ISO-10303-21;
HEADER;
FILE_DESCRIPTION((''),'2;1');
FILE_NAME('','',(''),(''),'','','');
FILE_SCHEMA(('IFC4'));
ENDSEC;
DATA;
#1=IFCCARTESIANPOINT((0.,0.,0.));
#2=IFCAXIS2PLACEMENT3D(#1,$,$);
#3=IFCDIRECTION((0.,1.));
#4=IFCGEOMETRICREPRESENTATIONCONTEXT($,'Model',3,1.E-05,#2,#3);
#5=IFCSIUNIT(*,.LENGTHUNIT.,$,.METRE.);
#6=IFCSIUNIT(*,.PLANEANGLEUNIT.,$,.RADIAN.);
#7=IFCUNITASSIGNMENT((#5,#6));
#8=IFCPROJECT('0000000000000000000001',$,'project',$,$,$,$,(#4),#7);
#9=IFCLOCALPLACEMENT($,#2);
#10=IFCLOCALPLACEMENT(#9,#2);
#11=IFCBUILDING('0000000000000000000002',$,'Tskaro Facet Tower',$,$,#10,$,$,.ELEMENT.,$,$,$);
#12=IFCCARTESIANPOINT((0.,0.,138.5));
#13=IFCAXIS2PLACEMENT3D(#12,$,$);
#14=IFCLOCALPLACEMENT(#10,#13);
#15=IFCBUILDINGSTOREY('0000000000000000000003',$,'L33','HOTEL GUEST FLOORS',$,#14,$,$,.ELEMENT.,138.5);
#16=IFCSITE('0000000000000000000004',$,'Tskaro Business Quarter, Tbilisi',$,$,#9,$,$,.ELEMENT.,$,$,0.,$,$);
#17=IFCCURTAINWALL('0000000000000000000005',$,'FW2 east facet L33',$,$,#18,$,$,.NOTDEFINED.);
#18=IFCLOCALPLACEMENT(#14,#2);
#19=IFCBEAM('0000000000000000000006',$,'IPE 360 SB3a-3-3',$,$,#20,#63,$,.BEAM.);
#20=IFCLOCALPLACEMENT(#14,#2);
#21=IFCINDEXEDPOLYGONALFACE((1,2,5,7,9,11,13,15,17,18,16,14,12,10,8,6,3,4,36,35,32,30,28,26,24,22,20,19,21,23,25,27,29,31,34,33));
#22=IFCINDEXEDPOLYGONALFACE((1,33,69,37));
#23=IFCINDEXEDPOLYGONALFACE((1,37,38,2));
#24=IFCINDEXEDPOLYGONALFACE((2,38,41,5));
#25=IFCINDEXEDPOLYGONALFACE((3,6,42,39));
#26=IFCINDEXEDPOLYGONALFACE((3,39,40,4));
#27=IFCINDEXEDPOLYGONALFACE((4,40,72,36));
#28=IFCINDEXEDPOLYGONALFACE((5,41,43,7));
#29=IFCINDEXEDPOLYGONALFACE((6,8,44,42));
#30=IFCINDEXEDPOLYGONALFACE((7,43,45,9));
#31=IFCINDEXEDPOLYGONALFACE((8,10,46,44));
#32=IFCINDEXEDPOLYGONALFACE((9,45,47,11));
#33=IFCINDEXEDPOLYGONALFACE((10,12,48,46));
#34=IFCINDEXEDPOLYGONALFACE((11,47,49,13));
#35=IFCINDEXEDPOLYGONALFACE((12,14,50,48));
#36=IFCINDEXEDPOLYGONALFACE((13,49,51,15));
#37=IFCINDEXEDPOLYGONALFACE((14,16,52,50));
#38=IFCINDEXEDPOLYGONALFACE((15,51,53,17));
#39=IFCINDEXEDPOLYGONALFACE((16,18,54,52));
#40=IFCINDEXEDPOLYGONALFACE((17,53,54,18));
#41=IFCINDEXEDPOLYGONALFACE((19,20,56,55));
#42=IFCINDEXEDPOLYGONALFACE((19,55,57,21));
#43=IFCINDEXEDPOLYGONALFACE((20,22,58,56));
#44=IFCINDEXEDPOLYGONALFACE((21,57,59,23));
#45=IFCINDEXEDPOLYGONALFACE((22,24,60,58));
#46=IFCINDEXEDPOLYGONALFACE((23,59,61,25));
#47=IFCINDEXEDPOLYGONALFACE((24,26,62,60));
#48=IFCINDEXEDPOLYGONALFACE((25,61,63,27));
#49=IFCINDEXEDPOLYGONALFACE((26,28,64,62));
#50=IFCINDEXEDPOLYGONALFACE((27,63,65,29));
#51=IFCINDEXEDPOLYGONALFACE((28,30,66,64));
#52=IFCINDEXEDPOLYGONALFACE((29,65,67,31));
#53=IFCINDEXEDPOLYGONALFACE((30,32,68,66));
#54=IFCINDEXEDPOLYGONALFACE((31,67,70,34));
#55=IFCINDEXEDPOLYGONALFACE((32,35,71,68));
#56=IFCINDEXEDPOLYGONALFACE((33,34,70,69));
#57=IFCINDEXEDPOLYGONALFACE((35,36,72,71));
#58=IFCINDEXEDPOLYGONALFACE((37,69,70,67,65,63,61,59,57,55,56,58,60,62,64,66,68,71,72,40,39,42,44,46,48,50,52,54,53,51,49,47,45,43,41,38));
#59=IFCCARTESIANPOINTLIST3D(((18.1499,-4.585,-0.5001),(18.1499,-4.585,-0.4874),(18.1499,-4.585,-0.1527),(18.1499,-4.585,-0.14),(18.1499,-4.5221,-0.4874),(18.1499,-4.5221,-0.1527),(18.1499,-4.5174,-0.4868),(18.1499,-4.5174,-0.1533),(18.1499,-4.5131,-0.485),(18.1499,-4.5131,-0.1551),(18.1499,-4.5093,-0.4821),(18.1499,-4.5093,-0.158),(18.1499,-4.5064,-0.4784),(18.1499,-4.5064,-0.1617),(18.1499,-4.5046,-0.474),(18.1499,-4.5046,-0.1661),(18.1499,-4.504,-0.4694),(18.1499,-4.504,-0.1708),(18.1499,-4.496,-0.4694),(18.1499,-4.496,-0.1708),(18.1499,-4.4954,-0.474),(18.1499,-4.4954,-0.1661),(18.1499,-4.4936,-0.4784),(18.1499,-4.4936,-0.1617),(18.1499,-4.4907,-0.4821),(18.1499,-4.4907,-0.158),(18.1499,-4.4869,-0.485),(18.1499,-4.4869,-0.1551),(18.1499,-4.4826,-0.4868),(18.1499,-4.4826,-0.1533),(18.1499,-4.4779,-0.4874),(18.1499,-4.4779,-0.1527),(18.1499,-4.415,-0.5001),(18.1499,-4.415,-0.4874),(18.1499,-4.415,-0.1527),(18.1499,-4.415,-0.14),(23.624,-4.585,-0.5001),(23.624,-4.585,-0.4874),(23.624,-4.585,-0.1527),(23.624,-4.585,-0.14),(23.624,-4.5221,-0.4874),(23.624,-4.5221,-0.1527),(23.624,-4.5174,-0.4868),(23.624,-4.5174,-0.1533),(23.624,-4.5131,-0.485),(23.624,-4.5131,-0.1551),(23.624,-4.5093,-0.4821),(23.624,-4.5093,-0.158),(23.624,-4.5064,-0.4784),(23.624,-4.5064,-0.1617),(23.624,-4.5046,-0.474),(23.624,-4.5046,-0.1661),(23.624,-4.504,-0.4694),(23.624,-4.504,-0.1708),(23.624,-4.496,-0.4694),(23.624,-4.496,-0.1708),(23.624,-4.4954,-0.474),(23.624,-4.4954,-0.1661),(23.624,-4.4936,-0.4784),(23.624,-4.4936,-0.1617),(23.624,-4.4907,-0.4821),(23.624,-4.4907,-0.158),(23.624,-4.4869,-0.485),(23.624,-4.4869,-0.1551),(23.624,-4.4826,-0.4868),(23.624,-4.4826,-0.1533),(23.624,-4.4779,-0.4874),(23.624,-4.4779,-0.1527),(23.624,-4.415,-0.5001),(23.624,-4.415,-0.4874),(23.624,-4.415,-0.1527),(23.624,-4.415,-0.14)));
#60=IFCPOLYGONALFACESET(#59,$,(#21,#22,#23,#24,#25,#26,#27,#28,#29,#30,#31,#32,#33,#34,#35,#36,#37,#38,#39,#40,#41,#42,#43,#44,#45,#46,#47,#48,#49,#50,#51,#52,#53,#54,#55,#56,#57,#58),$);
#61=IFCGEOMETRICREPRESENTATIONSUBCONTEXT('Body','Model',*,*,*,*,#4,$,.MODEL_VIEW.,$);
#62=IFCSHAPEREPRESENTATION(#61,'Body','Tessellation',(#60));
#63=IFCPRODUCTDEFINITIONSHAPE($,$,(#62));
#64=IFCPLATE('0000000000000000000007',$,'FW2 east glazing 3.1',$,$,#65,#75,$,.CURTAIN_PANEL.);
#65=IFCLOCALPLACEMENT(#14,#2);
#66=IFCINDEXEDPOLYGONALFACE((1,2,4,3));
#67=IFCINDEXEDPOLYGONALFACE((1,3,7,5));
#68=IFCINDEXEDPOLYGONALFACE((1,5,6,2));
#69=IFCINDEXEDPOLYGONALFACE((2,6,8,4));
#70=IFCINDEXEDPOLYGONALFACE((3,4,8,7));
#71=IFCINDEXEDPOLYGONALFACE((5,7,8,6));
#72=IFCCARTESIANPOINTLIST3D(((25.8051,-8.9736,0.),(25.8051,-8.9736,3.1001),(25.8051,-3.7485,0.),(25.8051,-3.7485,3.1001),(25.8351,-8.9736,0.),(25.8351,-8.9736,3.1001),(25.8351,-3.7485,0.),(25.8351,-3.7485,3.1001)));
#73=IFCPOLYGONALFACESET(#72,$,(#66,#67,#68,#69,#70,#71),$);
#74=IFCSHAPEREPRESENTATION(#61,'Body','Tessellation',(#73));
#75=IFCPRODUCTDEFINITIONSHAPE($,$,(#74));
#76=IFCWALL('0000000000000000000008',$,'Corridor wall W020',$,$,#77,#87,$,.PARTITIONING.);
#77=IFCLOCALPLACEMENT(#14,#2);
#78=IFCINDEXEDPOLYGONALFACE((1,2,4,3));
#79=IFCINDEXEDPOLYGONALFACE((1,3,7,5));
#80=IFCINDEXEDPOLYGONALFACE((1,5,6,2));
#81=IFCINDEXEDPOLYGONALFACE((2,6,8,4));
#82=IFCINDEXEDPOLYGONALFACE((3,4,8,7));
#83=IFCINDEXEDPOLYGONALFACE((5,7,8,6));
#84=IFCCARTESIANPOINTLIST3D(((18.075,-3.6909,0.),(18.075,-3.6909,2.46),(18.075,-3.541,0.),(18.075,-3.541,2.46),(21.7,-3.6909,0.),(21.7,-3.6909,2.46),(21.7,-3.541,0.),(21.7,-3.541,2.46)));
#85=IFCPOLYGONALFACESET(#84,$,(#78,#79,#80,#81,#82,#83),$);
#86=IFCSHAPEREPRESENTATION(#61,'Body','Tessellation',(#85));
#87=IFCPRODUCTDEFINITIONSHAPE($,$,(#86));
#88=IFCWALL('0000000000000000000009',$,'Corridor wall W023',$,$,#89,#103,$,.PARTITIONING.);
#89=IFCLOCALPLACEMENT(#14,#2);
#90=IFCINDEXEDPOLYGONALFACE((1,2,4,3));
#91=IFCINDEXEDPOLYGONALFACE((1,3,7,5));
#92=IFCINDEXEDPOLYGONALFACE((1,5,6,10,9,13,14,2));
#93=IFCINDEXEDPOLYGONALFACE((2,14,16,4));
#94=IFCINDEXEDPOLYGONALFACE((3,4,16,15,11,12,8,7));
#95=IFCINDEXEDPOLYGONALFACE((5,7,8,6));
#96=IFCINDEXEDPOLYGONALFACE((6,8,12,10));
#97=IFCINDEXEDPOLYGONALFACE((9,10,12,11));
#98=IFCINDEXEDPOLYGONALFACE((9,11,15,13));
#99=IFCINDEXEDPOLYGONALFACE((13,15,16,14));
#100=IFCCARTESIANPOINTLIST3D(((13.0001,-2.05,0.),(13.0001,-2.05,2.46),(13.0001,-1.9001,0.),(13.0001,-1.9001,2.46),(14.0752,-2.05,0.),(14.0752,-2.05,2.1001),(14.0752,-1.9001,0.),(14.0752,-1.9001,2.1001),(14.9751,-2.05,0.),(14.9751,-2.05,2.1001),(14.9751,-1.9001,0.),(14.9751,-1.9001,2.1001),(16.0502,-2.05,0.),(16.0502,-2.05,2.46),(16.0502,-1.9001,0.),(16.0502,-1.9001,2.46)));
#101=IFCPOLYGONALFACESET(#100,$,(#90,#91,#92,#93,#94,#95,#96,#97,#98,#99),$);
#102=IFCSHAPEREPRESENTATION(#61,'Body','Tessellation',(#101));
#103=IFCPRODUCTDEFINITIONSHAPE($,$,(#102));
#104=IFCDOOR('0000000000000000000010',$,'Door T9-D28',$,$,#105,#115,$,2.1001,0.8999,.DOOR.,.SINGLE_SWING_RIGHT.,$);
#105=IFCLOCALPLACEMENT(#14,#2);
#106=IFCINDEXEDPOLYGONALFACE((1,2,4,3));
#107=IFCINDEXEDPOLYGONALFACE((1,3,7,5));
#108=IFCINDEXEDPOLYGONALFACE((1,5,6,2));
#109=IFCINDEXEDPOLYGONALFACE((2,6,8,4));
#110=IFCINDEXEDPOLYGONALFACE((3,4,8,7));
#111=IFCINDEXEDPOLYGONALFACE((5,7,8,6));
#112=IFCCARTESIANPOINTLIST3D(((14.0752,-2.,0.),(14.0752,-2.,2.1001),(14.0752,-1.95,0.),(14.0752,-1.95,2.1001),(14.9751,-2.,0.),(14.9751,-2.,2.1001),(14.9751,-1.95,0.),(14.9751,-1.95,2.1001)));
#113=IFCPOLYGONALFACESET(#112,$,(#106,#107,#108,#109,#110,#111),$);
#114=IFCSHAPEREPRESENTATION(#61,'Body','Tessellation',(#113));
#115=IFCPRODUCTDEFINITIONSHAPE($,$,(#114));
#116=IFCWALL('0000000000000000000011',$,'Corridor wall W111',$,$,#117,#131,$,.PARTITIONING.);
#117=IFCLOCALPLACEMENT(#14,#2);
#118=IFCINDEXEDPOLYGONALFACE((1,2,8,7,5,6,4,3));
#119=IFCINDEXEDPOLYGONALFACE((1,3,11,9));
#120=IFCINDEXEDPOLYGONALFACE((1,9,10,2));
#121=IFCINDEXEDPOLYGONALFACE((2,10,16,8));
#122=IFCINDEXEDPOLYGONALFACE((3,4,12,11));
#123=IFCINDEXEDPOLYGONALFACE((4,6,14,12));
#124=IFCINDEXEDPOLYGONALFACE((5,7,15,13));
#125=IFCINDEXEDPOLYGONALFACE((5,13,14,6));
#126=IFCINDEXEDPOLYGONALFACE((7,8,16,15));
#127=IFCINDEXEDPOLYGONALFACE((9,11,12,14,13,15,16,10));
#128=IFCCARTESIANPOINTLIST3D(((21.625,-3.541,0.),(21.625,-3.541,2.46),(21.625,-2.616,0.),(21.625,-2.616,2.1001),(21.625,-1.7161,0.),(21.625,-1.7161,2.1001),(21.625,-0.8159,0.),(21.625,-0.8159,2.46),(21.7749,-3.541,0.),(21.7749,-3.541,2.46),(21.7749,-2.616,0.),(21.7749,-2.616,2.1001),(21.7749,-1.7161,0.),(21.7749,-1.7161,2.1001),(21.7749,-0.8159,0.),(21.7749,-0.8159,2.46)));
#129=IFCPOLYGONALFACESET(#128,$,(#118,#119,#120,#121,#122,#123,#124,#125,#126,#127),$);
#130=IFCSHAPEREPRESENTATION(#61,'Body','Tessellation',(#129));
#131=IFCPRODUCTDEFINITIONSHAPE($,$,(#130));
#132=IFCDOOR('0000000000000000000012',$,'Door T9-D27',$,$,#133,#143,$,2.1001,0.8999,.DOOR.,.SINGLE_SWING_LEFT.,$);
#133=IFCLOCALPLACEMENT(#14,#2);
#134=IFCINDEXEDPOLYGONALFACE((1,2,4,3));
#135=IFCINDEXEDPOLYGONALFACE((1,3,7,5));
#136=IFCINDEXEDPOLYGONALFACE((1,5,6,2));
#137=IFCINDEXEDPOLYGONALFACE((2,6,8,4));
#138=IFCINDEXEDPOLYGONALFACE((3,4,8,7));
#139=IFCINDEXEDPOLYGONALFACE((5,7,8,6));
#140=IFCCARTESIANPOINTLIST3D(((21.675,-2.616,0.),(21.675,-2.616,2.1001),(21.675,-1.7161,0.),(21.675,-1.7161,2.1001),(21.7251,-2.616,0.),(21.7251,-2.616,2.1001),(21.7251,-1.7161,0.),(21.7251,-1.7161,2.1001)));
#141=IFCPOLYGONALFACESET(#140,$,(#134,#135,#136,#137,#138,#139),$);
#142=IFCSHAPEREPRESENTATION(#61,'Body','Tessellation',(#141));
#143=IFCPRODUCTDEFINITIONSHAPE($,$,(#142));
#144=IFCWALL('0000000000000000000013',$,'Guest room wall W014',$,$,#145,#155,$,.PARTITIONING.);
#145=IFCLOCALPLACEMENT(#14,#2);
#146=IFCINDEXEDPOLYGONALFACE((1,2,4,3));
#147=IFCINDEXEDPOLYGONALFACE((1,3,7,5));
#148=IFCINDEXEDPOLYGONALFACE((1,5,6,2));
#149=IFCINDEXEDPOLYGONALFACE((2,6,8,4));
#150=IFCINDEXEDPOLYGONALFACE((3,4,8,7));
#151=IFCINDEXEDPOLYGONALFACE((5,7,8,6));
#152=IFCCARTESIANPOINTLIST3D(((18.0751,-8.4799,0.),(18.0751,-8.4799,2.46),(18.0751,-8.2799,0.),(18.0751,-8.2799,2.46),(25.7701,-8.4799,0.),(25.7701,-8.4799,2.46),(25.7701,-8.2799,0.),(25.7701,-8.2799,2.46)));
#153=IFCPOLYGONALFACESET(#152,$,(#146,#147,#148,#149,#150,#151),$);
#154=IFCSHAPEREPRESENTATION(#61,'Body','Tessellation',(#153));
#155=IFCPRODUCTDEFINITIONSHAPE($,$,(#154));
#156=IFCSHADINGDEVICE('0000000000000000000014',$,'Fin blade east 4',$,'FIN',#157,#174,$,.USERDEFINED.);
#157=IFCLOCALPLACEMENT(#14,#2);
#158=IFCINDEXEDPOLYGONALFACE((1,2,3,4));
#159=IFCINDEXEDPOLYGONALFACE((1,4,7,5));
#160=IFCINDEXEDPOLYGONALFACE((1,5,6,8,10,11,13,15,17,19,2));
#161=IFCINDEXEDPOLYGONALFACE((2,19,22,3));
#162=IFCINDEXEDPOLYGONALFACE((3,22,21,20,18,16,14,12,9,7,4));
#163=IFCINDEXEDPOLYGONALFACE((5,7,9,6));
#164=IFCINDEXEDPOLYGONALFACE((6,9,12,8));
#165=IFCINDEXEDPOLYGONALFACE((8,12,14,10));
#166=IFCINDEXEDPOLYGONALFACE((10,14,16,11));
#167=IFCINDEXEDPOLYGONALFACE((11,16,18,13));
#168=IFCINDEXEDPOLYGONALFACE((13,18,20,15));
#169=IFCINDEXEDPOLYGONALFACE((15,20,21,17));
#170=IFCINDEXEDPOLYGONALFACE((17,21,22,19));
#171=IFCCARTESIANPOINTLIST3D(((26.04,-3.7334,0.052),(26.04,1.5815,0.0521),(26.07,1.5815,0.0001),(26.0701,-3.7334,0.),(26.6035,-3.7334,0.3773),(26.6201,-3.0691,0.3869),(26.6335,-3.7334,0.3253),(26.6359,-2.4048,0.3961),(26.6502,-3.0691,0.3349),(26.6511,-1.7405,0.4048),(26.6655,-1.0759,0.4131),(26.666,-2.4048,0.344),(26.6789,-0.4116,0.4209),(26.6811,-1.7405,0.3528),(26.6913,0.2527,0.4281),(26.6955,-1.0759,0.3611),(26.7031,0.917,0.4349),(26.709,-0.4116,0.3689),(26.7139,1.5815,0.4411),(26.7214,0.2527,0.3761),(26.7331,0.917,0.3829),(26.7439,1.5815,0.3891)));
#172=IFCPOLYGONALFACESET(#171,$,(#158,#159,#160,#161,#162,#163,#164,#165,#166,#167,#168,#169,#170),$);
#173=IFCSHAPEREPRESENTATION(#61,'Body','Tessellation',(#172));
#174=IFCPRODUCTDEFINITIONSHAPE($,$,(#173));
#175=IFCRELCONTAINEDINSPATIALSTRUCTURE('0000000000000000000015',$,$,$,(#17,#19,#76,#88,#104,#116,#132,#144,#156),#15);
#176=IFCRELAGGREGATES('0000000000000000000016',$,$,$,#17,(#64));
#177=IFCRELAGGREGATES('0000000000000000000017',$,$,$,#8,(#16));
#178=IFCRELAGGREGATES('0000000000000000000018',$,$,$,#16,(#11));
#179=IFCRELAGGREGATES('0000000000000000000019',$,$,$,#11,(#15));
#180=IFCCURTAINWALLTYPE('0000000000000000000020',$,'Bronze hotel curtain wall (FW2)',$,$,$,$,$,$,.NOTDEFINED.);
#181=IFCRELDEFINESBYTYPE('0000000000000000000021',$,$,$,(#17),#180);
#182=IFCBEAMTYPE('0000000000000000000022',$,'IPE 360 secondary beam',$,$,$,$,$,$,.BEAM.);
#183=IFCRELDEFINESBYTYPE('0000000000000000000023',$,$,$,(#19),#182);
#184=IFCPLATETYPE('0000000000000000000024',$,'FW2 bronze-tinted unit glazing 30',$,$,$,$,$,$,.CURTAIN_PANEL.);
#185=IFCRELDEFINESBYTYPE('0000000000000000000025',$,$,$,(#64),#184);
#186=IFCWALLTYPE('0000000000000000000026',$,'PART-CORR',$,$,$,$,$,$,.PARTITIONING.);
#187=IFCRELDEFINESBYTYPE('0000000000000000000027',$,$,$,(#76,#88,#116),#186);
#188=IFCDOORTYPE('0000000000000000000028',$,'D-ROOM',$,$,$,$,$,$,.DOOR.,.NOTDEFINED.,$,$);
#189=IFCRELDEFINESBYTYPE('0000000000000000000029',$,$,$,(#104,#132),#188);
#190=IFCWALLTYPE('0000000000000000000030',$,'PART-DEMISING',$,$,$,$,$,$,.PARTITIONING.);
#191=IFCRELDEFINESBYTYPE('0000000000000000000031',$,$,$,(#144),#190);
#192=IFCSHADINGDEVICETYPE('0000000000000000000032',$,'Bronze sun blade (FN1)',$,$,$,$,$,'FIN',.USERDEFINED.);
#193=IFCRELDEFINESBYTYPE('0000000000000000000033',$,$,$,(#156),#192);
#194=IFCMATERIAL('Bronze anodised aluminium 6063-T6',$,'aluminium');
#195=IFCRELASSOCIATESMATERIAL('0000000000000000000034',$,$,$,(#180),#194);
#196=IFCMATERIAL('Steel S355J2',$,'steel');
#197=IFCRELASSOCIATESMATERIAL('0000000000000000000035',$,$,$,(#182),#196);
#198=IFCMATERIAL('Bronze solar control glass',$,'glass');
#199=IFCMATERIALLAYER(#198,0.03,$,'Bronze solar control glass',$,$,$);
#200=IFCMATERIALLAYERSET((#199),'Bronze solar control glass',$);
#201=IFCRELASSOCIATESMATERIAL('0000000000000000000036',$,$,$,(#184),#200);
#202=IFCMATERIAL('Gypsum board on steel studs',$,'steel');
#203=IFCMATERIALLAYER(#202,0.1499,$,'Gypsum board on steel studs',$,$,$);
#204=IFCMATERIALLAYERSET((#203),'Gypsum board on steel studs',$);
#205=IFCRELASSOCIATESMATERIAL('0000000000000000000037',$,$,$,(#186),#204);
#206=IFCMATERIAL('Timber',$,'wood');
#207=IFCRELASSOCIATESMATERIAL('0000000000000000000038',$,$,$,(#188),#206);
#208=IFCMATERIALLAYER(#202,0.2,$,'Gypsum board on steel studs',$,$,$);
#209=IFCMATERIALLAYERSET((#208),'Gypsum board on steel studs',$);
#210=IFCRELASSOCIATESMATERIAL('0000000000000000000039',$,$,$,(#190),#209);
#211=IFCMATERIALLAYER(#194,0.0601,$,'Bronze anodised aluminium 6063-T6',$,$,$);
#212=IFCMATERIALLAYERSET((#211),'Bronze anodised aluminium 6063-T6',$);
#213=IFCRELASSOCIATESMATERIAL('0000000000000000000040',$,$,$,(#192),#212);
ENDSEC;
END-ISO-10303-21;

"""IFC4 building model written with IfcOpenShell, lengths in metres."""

from ifc_helpers import new_model, si_unit, direction, frame, frame_2d, origin, origin_2d, place, context, subcontext, project, spatial, polyline, rectangle, i_section, outline, extrude, material, layer, layer_set, material_profile, profile_set, type_object, element, fill, aggregate, save


model = new_model("IFC4")

# Units and contexts
model_context = context("Model", 3, precision=1e-05, world=origin(), true_north=direction((0.0, 1.0)))
body_context = subcontext(model_context, "Body", "Model", "MODEL_VIEW")
ifc_project = project(units=[si_unit("LENGTHUNIT", "METRE"), si_unit("PLANEANGLEUNIT", "RADIAN")], contexts=[model_context])

# Site, building, storey
site_placement = place(None, origin())
site = spatial("IfcSite", under=ifc_project, at=site_placement, Name="Tskaro Business Quarter, Tbilisi", CompositionType="ELEMENT", RefElevation=0.0)
building_placement = place(site_placement, origin())
building = spatial("IfcBuilding", under=site, at=building_placement, Name="Tskaro Facet Tower", CompositionType="ELEMENT")
storey_placement = place(building_placement, frame((0.0, 0.0, 138.5)))
storey = spatial("IfcBuildingStorey", under=building, at=storey_placement, Name="L33", Description="HOTEL GUEST FLOORS", CompositionType="ELEMENT", Elevation=138.5)

# Curtain wall
ifc_material_1 = material(Name="Bronze anodised aluminium 6063-T6", Category="aluminium")
curtain_wall_type = type_object("IfcCurtainWallType", Name="Bronze hotel curtain wall (FW2)", PredefinedType="NOTDEFINED", material=ifc_material_1)
curtain_wall_placement = place(storey_placement, origin())
curtain_wall = element("IfcCurtainWall", 1, at=curtain_wall_placement, inside=storey, type_object=curtain_wall_type, Name="FW2 east facet L33", PredefinedType="NOTDEFINED")

# Beam
ifc_material_2 = material(Name="Steel S355J2", Category="steel")
ifc_material_profile_1 = material_profile(ifc_material_2, i_section(OverallWidth=0.1699, OverallDepth=0.3601, WebThickness=0.0081, FlangeThickness=0.0127, FilletRadius=0.0181, at=origin_2d()), Name="IPE 360")
ifc_profile_set_1 = profile_set([ifc_material_profile_1], Name="Steel S355J2")
beam_type_1 = type_object("IfcBeamType", Name="IPE 360 secondary beam", PredefinedType="BEAM", material=ifc_profile_set_1)
beam_1_placement = place(storey_placement, frame((18.1499, -4.5, -0.3201), z_axis=(1.0, 0.0, 0.0), x_axis=(0.0, 1.0, 0.0)))
element("IfcBeam", 2, at=beam_1_placement, inside=storey, type_object=beam_type_1, Name="IPE 360 SB3a-3-3", PredefinedType="BEAM", context=body_context, shape_type="SweptSolid", body=[
    extrude(i_section(OverallWidth=0.1699, OverallDepth=0.3601, WebThickness=0.0081, FlangeThickness=0.0127, FilletRadius=0.0181, at=origin_2d()), origin(), (0.0, 0.0, 1.0), 5.4741),
])

# Plate
ifc_material_3 = material(Name="Bronze solar control glass", Category="glass")
ifc_layer_1 = layer(ifc_material_3, 0.03, Name="Bronze solar control glass")
ifc_layer_set_1 = layer_set([ifc_layer_1], Name="Bronze solar control glass")
plate_type = type_object("IfcPlateType", Name="FW2 bronze-tinted unit glazing 30", PredefinedType="CURTAIN_PANEL", material=ifc_layer_set_1)
plate_placement = place(storey_placement, frame((25.8201, -6.3611, 0.0), z_axis=(0.0, 0.0, 1.0), x_axis=(0.0, 1.0, 0.0)))
plate = element("IfcPlate", 3, at=plate_placement, type_object=plate_type, Name="FW2 east glazing 3.1", PredefinedType="CURTAIN_PANEL", context=body_context, shape_type="SweptSolid", body=[
    extrude(rectangle(XDim=5.2251, YDim=0.03, at=origin_2d()), origin(), (0.0, 0.0, 1.0), 3.1001),
])
aggregate(curtain_wall, [plate])

# Wall
ifc_material_4 = material(Name="Gypsum board on steel studs", Category="steel")
ifc_layer_2 = layer(ifc_material_4, 0.1499, Name="Gypsum board on steel studs")
ifc_layer_set_2 = layer_set([ifc_layer_2], Name="Gypsum board on steel studs")
wall_type_1 = type_object("IfcWallType", Name="PART-CORR", PredefinedType="PARTITIONING", material=ifc_layer_set_2)
wall_1_placement = place(storey_placement, frame((18.075, -3.616, 0.0), z_axis=(0.0, 0.0, 1.0), x_axis=(1.0, 0.0, 0.0)))
element("IfcWall", 4, at=wall_1_placement, inside=storey, type_object=wall_type_1, Name="Corridor wall W020", PredefinedType="PARTITIONING", context=body_context, shape_type="SweptSolid", body=[
    extrude(rectangle(XDim=3.625, YDim=0.1499, at=frame_2d((1.8125, 0.0))), origin(), (0.0, 0.0, 1.0), 2.46),
])

# Walls, openings, doors
wall_2_placement = place(storey_placement, frame((16.05, -1.9751, 0.0), z_axis=(0.0, 0.0, 1.0), x_axis=(-1.0, 0.0, 0.0)))
wall_2 = element("IfcWall", 5, at=wall_2_placement, inside=storey, type_object=wall_type_1, Name="Corridor wall W023", PredefinedType="PARTITIONING", context=body_context, shape_type="SweptSolid", body=[
    extrude(rectangle(XDim=3.05, YDim=0.1499, at=frame_2d((1.5249, 0.0))), origin(), (0.0, 0.0, 1.0), 2.46),
])
opening_1_placement = place(wall_2_placement, frame((1.075, 0.0, 0.0)))
opening_1 = element("IfcOpeningElement", 6, at=opening_1_placement, cuts=wall_2, PredefinedType="OPENING", context=body_context, shape_type="SweptSolid", body=[
    extrude(rectangle(XDim=0.8999, YDim=2.1001, at=frame_2d((0.45, 1.05))), frame((0.0, 0.085, 0.0), z_axis=(0.0, -1.0, 0.0), x_axis=(1.0, 0.0, 0.0)), (0.0, 0.0, 1.0), 0.1699),
])
ifc_material_5 = material(Name="Timber", Category="wood")
door_type = type_object("IfcDoorType", Name="D-ROOM", OperationType="NOTDEFINED", PredefinedType="DOOR", material=ifc_material_5)
door_1_placement = place(opening_1_placement, origin())
door_1 = element("IfcDoor", 7, at=door_1_placement, inside=storey, type_object=door_type, Name="Door T9-D28", OperationType="SINGLE_SWING_RIGHT", OverallHeight=2.1001, OverallWidth=0.8999, PredefinedType="DOOR", context=body_context, shape_type="SweptSolid", body=[
    extrude(rectangle(XDim=0.8999, YDim=2.1001, at=frame_2d((0.45, 1.05))), frame((0.0, 0.0249, 0.0), z_axis=(0.0, -1.0, 0.0), x_axis=(1.0, 0.0, 0.0)), (0.0, 0.0, 1.0), 0.05),
])
fill(opening_1, door_1)
wall_3_placement = place(storey_placement, frame((21.7, -3.541, 0.0), z_axis=(0.0, 0.0, 1.0), x_axis=(0.0, 1.0, 0.0)))
wall_3 = element("IfcWall", 8, at=wall_3_placement, inside=storey, type_object=wall_type_1, Name="Corridor wall W111", PredefinedType="PARTITIONING", context=body_context, shape_type="SweptSolid", body=[
    extrude(rectangle(XDim=2.7251, YDim=0.1499, at=frame_2d((1.3625, 0.0))), origin(), (0.0, 0.0, 1.0), 2.46),
])
opening_2_placement = place(wall_3_placement, frame((0.925, 0.0, 0.0)))
opening_2 = element("IfcOpeningElement", 9, at=opening_2_placement, cuts=wall_3, PredefinedType="OPENING", context=body_context, shape_type="SweptSolid", body=[
    extrude(rectangle(XDim=0.8999, YDim=2.1001, at=frame_2d((0.45, 1.05))), frame((0.0, 0.085, 0.0), z_axis=(0.0, -1.0, 0.0), x_axis=(1.0, 0.0, 0.0)), (0.0, 0.0, 1.0), 0.1699),
])
door_2_placement = place(opening_2_placement, origin())
door_2 = element("IfcDoor", 10, at=door_2_placement, inside=storey, type_object=door_type, Name="Door T9-D27", OperationType="SINGLE_SWING_LEFT", OverallHeight=2.1001, OverallWidth=0.8999, PredefinedType="DOOR", context=body_context, shape_type="SweptSolid", body=[
    extrude(rectangle(XDim=0.8999, YDim=2.1001, at=frame_2d((0.45, 1.05))), frame((0.0, 0.0249, 0.0), z_axis=(0.0, -1.0, 0.0), x_axis=(1.0, 0.0, 0.0)), (0.0, 0.0, 1.0), 0.05),
])
fill(opening_2, door_2)

# Wall
ifc_layer_3 = layer(ifc_material_4, 0.2, Name="Gypsum board on steel studs")
ifc_layer_set_3 = layer_set([ifc_layer_3], Name="Gypsum board on steel studs")
wall_type_2 = type_object("IfcWallType", Name="PART-DEMISING", PredefinedType="PARTITIONING", material=ifc_layer_set_3)
wall_4_placement = place(storey_placement, frame((18.075, -8.3799, 0.0), z_axis=(0.0, 0.0, 1.0), x_axis=(1.0, 0.0, 0.0)))
element("IfcWall", 11, at=wall_4_placement, inside=storey, type_object=wall_type_2, Name="Guest room wall W014", PredefinedType="PARTITIONING", context=body_context, shape_type="SweptSolid", body=[
    extrude(rectangle(XDim=7.6951, YDim=0.2, at=frame_2d((3.8477, 0.0))), origin(), (0.0, 0.0, 1.0), 2.46),
])

# Shading device
ifc_layer_4 = layer(ifc_material_1, 0.0601, Name="Bronze anodised aluminium 6063-T6")
ifc_layer_set_4 = layer_set([ifc_layer_4], Name="Bronze anodised aluminium 6063-T6")
shading_device_type = type_object("IfcShadingDeviceType", Name="Bronze sun blade (FN1)", ElementType="FIN", PredefinedType="USERDEFINED", material=ifc_layer_set_4)
shading_device_placement = place(storey_placement, frame((26.04, -3.7334, 0.052), z_axis=(-0.499976, -0.000021, 0.866039), x_axis=(-0.000011, 1.0, 0.000018)))
element("IfcShadingDevice", 12, at=shading_device_placement, inside=storey, type_object=shading_device_type, Name="Fin blade east 4", ObjectType="FIN", PredefinedType="USERDEFINED", context=body_context, shape_type="SweptSolid", body=[
    extrude(outline(polyline([(0.0, 0.0), (5.3149, 0.0), (5.3149, -0.7781), (4.6504, -0.7657), (3.9861, -0.7521), (3.3218, -0.7378), (2.6575, -0.7222), (1.9929, -0.7056), (1.3286, -0.6881), (0.6643, -0.6698), (0.0, -0.6506), (0.0, 0.0)])), origin(), (0.0, 0.0, -1.0), 0.0601),
])

save(model, "model.ifc")
